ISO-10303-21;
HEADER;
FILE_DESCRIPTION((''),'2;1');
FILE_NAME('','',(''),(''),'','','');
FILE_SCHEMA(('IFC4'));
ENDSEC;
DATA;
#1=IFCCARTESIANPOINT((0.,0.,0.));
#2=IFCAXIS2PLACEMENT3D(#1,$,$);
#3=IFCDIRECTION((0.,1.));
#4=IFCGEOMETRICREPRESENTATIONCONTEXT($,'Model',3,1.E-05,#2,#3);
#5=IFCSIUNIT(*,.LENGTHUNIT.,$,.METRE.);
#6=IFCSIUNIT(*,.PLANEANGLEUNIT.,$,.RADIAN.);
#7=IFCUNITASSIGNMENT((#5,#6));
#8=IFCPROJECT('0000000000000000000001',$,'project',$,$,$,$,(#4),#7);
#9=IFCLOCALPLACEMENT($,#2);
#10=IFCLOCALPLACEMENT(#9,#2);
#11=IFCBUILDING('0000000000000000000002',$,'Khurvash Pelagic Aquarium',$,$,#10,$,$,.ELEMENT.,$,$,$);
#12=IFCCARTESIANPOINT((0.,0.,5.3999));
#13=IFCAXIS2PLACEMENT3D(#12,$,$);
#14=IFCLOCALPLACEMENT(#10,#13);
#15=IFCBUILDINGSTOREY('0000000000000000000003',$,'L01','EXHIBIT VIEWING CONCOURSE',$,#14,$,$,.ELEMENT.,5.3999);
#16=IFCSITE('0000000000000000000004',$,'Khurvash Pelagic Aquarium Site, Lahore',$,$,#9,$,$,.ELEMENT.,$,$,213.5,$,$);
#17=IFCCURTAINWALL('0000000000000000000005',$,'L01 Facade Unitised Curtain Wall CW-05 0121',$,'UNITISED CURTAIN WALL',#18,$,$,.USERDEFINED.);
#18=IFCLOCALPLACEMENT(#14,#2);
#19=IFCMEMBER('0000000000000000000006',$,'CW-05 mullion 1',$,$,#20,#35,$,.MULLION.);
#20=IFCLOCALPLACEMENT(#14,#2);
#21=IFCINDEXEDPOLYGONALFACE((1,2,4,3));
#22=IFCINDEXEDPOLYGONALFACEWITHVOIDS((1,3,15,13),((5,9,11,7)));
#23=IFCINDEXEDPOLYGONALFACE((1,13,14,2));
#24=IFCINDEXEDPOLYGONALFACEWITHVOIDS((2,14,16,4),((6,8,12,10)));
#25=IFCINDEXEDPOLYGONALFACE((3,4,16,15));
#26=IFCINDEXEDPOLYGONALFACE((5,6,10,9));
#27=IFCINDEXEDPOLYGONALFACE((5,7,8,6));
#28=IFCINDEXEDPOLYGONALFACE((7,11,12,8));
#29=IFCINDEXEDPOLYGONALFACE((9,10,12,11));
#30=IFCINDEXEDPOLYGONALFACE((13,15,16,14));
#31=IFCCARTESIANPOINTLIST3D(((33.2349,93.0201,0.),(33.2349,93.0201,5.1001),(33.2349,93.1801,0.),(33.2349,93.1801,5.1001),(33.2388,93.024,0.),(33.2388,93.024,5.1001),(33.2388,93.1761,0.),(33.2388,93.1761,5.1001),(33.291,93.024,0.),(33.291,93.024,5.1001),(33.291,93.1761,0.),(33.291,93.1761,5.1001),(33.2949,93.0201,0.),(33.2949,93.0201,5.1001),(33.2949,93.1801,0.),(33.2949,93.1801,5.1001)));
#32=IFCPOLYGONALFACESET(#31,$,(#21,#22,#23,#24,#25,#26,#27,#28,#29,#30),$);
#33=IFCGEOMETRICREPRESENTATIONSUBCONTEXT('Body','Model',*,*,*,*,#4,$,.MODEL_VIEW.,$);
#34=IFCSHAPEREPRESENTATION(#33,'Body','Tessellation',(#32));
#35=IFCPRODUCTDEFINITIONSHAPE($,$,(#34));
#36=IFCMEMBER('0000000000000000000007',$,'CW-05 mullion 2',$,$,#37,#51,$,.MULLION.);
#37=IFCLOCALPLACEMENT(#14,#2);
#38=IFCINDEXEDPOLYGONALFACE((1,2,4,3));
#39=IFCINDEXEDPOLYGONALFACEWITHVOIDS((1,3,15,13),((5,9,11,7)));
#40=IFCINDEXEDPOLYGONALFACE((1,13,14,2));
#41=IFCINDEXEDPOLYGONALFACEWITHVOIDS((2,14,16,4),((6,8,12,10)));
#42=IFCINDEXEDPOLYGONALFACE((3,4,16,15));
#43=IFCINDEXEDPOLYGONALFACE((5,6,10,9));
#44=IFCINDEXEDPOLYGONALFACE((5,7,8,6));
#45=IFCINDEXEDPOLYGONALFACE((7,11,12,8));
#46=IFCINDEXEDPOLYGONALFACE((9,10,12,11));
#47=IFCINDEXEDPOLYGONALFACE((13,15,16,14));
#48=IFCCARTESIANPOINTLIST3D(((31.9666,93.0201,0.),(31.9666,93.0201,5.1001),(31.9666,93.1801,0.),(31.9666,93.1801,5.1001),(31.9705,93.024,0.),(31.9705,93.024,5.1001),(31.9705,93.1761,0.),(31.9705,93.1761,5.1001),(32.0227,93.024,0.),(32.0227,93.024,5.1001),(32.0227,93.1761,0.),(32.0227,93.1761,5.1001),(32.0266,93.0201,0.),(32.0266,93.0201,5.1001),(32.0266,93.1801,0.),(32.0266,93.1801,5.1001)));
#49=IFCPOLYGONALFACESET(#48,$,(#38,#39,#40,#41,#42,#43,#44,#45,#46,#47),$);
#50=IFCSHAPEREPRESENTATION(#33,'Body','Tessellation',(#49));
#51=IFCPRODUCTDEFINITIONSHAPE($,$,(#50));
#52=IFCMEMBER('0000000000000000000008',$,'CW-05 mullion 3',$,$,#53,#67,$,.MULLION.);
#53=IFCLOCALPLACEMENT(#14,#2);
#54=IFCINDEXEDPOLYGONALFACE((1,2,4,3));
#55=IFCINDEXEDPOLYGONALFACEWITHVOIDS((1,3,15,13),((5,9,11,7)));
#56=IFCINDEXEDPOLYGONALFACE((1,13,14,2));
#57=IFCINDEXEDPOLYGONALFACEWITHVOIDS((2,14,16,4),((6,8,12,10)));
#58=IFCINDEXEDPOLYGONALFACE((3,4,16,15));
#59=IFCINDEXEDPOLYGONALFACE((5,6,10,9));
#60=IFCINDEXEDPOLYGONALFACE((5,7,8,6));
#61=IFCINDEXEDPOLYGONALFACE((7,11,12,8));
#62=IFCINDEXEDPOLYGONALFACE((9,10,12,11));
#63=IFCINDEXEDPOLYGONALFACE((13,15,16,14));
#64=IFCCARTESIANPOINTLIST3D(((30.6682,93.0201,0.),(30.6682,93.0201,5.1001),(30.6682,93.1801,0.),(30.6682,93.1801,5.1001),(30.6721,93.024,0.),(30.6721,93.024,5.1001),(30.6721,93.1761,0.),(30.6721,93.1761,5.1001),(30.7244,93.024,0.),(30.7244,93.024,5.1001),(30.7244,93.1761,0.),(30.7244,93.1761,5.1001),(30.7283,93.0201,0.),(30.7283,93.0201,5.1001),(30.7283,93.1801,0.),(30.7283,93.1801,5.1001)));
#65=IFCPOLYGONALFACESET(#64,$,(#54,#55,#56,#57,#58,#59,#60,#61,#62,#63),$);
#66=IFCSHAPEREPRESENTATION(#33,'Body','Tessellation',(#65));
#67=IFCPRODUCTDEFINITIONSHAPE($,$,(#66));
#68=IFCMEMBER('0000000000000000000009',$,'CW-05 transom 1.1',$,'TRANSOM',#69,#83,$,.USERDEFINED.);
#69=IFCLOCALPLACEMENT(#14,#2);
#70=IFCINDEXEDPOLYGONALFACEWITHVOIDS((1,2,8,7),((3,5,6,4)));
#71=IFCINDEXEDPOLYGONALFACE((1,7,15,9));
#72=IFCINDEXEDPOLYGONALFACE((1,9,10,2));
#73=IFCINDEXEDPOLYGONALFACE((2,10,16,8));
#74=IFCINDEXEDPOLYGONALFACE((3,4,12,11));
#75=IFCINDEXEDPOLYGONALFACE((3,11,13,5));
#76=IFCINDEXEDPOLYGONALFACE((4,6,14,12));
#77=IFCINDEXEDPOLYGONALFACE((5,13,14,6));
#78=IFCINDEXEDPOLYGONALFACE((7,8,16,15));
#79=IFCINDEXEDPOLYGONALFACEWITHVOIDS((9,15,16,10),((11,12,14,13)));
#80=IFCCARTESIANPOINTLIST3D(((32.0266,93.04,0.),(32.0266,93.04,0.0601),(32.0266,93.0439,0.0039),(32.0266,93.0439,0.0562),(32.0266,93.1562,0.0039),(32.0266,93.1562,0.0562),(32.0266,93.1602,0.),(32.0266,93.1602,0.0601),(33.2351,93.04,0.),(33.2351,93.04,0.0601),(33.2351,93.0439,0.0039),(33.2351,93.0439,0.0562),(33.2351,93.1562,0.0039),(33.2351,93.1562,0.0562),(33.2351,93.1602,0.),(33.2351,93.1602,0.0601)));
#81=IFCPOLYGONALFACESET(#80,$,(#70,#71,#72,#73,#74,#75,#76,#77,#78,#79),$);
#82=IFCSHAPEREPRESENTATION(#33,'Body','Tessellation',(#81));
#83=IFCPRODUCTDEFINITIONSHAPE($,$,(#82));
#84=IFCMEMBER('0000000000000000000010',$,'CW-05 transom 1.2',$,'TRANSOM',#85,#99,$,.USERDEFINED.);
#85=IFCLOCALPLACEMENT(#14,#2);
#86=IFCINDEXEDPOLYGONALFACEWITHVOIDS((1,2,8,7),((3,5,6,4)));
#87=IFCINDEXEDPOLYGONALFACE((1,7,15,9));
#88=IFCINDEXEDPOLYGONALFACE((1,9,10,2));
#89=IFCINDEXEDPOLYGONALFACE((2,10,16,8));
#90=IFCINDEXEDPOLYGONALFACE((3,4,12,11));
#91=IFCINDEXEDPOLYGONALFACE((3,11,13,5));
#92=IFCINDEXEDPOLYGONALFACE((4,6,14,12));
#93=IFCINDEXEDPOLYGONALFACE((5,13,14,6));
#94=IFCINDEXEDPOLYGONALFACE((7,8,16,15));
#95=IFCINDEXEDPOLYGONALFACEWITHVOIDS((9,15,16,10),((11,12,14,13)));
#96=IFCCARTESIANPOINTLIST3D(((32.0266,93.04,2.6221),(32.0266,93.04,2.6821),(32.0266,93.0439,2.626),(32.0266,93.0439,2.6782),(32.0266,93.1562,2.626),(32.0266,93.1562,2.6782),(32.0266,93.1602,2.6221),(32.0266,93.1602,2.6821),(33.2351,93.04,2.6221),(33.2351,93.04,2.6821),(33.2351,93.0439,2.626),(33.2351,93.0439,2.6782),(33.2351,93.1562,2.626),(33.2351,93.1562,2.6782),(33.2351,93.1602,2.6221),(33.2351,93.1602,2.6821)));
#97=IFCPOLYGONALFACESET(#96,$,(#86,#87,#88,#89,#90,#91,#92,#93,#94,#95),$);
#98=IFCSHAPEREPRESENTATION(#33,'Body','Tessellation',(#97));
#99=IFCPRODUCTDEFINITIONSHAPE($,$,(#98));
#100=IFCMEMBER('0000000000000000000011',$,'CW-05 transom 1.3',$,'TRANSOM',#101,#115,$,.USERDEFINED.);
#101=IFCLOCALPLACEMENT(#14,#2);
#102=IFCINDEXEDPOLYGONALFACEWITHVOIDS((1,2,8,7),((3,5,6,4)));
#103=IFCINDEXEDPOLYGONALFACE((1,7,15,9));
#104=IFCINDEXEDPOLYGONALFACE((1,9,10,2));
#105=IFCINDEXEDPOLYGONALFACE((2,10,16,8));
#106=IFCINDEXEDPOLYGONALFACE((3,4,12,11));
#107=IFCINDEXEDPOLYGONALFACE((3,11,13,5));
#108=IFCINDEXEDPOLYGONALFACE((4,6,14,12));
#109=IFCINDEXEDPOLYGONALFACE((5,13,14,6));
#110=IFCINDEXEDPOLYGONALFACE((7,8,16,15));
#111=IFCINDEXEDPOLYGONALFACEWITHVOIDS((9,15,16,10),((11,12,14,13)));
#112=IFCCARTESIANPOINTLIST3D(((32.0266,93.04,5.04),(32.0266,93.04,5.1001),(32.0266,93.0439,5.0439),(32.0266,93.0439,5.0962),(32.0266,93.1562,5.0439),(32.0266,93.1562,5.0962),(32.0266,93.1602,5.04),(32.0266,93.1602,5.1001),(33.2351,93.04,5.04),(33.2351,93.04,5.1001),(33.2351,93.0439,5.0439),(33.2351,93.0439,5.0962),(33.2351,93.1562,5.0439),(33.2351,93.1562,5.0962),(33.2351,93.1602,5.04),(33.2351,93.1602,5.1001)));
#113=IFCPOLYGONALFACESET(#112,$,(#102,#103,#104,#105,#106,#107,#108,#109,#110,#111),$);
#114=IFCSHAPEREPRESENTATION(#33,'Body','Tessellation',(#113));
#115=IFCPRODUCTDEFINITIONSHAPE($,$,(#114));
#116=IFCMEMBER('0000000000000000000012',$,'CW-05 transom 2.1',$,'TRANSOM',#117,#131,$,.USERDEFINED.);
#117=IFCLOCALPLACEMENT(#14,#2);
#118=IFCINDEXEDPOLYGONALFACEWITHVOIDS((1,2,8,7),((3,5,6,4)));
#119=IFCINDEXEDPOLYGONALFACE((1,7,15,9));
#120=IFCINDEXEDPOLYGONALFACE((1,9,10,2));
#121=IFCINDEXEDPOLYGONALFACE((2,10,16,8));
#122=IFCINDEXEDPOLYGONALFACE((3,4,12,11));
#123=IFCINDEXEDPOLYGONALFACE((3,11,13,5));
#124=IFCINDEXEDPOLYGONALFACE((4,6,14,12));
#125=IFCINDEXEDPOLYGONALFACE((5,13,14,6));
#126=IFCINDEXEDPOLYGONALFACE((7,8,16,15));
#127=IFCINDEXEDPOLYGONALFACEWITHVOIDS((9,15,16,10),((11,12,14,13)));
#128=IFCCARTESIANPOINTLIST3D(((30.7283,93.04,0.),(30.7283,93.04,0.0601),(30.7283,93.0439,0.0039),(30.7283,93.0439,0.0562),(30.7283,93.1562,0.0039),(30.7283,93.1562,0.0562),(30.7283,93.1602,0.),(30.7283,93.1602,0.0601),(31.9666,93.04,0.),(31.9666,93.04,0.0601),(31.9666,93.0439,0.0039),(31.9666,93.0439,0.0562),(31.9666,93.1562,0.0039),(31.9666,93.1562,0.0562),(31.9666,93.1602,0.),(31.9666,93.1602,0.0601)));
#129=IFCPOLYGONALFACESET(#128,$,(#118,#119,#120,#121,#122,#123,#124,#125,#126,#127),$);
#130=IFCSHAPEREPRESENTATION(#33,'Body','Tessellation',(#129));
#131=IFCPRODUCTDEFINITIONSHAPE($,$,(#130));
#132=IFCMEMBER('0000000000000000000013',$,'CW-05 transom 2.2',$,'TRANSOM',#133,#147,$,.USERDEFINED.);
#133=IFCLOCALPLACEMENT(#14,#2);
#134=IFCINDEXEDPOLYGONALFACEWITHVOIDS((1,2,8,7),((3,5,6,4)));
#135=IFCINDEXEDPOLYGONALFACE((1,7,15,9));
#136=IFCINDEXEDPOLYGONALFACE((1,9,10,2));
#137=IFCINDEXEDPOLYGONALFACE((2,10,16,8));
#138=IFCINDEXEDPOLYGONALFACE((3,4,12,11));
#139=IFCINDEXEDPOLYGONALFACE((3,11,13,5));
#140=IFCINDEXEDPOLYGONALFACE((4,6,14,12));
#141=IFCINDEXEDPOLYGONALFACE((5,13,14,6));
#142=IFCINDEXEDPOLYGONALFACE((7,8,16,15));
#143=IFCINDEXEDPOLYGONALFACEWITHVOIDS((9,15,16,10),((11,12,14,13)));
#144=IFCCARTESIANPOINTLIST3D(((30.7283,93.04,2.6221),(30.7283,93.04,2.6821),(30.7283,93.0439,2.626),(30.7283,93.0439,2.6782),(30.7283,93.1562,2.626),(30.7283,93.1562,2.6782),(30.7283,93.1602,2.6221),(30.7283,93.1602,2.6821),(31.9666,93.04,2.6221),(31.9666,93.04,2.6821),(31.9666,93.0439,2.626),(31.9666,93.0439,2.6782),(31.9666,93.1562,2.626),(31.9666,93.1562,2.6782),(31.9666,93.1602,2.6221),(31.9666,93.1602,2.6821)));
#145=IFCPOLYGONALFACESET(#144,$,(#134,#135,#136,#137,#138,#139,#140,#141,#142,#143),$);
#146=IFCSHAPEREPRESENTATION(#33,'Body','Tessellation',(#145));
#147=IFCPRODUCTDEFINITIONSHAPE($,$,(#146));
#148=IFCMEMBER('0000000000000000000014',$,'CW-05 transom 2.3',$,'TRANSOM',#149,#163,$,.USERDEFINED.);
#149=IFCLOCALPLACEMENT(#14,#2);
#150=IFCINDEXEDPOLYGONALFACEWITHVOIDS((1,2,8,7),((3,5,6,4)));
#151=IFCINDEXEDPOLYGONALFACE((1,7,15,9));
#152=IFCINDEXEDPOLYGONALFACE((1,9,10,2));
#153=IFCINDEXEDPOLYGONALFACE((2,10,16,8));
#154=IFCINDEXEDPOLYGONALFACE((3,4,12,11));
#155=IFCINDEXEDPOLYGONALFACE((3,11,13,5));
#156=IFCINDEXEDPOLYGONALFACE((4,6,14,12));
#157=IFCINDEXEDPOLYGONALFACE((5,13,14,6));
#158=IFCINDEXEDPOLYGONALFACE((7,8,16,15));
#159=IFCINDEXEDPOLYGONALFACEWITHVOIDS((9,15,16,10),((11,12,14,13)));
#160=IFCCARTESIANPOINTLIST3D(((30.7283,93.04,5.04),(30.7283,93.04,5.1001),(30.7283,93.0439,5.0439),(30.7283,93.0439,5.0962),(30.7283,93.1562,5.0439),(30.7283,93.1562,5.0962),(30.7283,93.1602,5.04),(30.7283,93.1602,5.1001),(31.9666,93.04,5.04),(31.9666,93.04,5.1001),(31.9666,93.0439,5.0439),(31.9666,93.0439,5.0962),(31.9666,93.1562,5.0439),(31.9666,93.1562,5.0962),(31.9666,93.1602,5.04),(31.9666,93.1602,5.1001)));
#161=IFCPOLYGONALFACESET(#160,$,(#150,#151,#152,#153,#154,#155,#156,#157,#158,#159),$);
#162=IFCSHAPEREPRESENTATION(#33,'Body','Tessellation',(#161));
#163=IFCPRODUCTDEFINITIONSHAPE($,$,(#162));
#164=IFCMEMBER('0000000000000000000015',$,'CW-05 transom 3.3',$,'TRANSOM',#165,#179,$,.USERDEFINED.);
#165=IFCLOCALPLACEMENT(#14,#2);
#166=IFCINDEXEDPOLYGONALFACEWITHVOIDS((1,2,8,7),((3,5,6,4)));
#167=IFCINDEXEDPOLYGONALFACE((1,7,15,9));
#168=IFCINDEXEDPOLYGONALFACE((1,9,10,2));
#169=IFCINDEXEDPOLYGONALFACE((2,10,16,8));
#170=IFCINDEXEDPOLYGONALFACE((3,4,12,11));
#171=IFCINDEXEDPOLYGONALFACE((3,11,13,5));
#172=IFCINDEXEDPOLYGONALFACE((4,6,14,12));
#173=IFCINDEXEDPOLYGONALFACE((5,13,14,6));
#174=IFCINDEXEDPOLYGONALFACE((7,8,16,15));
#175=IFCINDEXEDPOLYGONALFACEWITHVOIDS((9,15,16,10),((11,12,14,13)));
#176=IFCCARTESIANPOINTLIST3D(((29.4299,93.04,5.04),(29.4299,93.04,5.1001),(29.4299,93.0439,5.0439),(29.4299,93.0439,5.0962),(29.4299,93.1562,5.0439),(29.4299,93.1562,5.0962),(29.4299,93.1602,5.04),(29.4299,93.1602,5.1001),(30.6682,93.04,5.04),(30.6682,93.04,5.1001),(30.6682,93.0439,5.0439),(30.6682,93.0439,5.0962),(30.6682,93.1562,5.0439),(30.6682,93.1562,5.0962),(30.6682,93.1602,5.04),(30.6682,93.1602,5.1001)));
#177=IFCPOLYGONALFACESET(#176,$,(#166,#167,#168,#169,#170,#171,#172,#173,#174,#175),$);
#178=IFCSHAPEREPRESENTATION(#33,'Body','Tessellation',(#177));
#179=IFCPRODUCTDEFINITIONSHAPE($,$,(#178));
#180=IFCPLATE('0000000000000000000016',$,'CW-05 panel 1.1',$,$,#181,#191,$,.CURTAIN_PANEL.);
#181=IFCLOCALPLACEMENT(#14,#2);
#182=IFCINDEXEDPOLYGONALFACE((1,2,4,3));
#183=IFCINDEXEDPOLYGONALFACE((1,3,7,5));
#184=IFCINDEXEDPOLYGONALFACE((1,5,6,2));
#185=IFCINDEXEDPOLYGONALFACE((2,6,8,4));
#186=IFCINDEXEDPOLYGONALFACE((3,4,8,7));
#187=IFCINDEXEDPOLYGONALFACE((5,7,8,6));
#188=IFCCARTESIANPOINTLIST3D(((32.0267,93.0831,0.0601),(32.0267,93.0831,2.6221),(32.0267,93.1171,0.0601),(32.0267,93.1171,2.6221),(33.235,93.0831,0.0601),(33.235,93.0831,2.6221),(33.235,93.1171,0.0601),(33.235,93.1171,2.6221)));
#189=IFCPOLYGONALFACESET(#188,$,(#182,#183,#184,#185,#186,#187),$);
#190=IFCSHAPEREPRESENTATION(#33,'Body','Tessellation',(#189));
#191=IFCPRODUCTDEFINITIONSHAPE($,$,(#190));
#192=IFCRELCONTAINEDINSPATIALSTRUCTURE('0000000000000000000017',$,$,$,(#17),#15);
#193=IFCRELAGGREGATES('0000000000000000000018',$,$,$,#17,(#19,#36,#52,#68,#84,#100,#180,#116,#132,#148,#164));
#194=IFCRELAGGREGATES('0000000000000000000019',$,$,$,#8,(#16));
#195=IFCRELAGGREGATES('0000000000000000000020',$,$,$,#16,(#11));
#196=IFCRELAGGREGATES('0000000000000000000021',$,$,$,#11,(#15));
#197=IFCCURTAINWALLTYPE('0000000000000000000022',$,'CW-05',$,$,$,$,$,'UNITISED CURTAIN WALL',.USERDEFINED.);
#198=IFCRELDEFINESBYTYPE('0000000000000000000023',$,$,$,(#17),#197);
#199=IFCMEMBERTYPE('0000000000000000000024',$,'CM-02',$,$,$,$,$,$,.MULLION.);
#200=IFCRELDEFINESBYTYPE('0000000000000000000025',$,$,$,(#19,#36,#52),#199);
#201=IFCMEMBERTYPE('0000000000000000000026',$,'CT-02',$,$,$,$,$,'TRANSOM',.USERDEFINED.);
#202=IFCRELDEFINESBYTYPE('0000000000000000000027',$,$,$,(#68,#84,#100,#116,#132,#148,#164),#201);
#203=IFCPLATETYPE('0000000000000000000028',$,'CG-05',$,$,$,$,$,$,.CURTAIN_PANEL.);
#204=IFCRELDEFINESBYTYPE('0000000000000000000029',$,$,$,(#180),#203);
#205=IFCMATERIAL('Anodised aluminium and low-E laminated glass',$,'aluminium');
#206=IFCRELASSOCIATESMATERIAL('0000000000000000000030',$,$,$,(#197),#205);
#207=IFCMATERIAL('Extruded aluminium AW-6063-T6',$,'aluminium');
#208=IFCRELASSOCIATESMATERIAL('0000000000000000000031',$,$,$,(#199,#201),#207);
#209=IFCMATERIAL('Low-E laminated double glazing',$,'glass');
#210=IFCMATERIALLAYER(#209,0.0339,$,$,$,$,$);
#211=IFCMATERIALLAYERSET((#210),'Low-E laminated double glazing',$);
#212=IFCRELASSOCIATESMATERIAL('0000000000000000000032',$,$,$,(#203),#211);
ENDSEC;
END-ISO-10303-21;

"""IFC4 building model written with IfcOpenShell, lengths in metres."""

from ifc_helpers import new_model, si_unit, direction, frame, origin, origin_2d, place, context, subcontext, project, spatial, rectangle, hollow_rectangle, extrude, material, layer, layer_set, material_profile, profile_set, type_object, element, aggregate, save


model = new_model("IFC4")

# Units and contexts
model_context = context("Model", 3, precision=1e-05, world=origin(), true_north=direction((0.0, 1.0)))
body_context = subcontext(model_context, "Body", "Model", "MODEL_VIEW")
ifc_project = project(units=[si_unit("LENGTHUNIT", "METRE"), si_unit("PLANEANGLEUNIT", "RADIAN")], contexts=[model_context])

# Site, building, storey
site_placement = place(None, origin())
site = spatial("IfcSite", under=ifc_project, at=site_placement, Name="Khurvash Pelagic Aquarium Site, Lahore", CompositionType="ELEMENT", RefElevation=213.5)
building_placement = place(site_placement, origin())
building = spatial("IfcBuilding", under=site, at=building_placement, Name="Khurvash Pelagic Aquarium", CompositionType="ELEMENT")
storey_placement = place(building_placement, frame((0.0, 0.0, 5.3999)))
storey = spatial("IfcBuildingStorey", under=building, at=storey_placement, Name="L01", Description="EXHIBIT VIEWING CONCOURSE", CompositionType="ELEMENT", Elevation=5.3999)

# Curtain wall, members, plate
ifc_material_1 = material(Name="Anodised aluminium and low-E laminated glass", Category="aluminium")
curtain_wall_type = type_object("IfcCurtainWallType", Name="CW-05", ElementType="UNITISED CURTAIN WALL", PredefinedType="USERDEFINED", material=ifc_material_1)
curtain_wall_placement = place(storey_placement, origin())
curtain_wall = element("IfcCurtainWall", 1, at=curtain_wall_placement, inside=storey, type_object=curtain_wall_type, Name="L01 Facade Unitised Curtain Wall CW-05 0121", ObjectType="UNITISED CURTAIN WALL", PredefinedType="USERDEFINED")
ifc_material_2 = material(Name="Extruded aluminium AW-6063-T6", Category="aluminium")
ifc_material_profile_1 = material_profile(ifc_material_2, hollow_rectangle(XDim=0.0601, YDim=0.1599, WallThickness=0.0039, at=origin_2d()), Name="CWM60X160X4")
ifc_profile_set_1 = profile_set([ifc_material_profile_1], Name="Extruded aluminium AW-6063-T6")
member_type_1 = type_object("IfcMemberType", Name="CM-02", PredefinedType="MULLION", material=ifc_profile_set_1)
member_1_placement = place(storey_placement, frame((33.2649, 93.1001, 0.0), z_axis=(0.0, 0.0, 1.0), x_axis=(-1.0, 0.0, 0.0)))
member_1 = element("IfcMember", 2, at=member_1_placement, type_object=member_type_1, Name="CW-05 mullion 1", PredefinedType="MULLION", context=body_context, shape_type="SweptSolid", body=[
    extrude(hollow_rectangle(XDim=0.0601, YDim=0.1599, WallThickness=0.0039, at=origin_2d()), origin(), (0.0, 0.0, 1.0), 5.1001),
])
member_2_placement = place(storey_placement, frame((31.9966, 93.1001, 0.0), z_axis=(0.0, 0.0, 1.0), x_axis=(-1.0, 0.0, 0.0)))
member_2 = element("IfcMember", 3, at=member_2_placement, type_object=member_type_1, Name="CW-05 mullion 2", PredefinedType="MULLION", context=body_context, shape_type="SweptSolid", body=[
    extrude(hollow_rectangle(XDim=0.0601, YDim=0.1599, WallThickness=0.0039, at=origin_2d()), origin(), (0.0, 0.0, 1.0), 5.1001),
])
member_3_placement = place(storey_placement, frame((30.6982, 93.1001, 0.0), z_axis=(0.0, 0.0, 1.0), x_axis=(-1.0, 0.0, 0.0)))
member_3 = element("IfcMember", 4, at=member_3_placement, type_object=member_type_1, Name="CW-05 mullion 3", PredefinedType="MULLION", context=body_context, shape_type="SweptSolid", body=[
    extrude(hollow_rectangle(XDim=0.0601, YDim=0.1599, WallThickness=0.0039, at=origin_2d()), origin(), (0.0, 0.0, 1.0), 5.1001),
])
ifc_material_profile_2 = material_profile(ifc_material_2, hollow_rectangle(XDim=0.1201, YDim=0.0601, WallThickness=0.0039, at=origin_2d()), Name="CWT120X60X4")
ifc_profile_set_2 = profile_set([ifc_material_profile_2], Name="Extruded aluminium AW-6063-T6")
member_type_2 = type_object("IfcMemberType", Name="CT-02", ElementType="TRANSOM", PredefinedType="USERDEFINED", material=ifc_profile_set_2)
member_4_placement = place(storey_placement, frame((33.2351, 93.1001, 0.03), z_axis=(-1.0, 0.0, 0.0), x_axis=(0.0, -1.0, 0.0)))
member_4 = element("IfcMember", 5, at=member_4_placement, type_object=member_type_2, Name="CW-05 transom 1.1", ObjectType="TRANSOM", PredefinedType="USERDEFINED", context=body_context, shape_type="SweptSolid", body=[
    extrude(hollow_rectangle(XDim=0.1201, YDim=0.0601, WallThickness=0.0039, at=origin_2d()), origin(), (0.0, 0.0, 1.0), 1.2085),
])
member_5_placement = place(storey_placement, frame((33.2351, 93.1001, 2.6521), z_axis=(-1.0, 0.0, 0.0), x_axis=(0.0, -1.0, 0.0)))
member_5 = element("IfcMember", 6, at=member_5_placement, type_object=member_type_2, Name="CW-05 transom 1.2", ObjectType="TRANSOM", PredefinedType="USERDEFINED", context=body_context, shape_type="SweptSolid", body=[
    extrude(hollow_rectangle(XDim=0.1201, YDim=0.0601, WallThickness=0.0039, at=origin_2d()), origin(), (0.0, 0.0, 1.0), 1.2085),
])
member_6_placement = place(storey_placement, frame((33.2351, 93.1001, 5.0701), z_axis=(-1.0, 0.0, 0.0), x_axis=(0.0, -1.0, 0.0)))
member_6 = element("IfcMember", 7, at=member_6_placement, type_object=member_type_2, Name="CW-05 transom 1.3", ObjectType="TRANSOM", PredefinedType="USERDEFINED", context=body_context, shape_type="SweptSolid", body=[
    extrude(hollow_rectangle(XDim=0.1201, YDim=0.0601, WallThickness=0.0039, at=origin_2d()), origin(), (0.0, 0.0, 1.0), 1.2085),
])
member_7_placement = place(storey_placement, frame((31.9666, 93.1001, 0.03), z_axis=(-1.0, 0.0, 0.0), x_axis=(0.0, -1.0, 0.0)))
member_7 = element("IfcMember", 8, at=member_7_placement, type_object=member_type_2, Name="CW-05 transom 2.1", ObjectType="TRANSOM", PredefinedType="USERDEFINED", context=body_context, shape_type="SweptSolid", body=[
    extrude(hollow_rectangle(XDim=0.1201, YDim=0.0601, WallThickness=0.0039, at=origin_2d()), origin(), (0.0, 0.0, 1.0), 1.2383),
])
member_8_placement = place(storey_placement, frame((31.9666, 93.1001, 2.6521), z_axis=(-1.0, 0.0, 0.0), x_axis=(0.0, -1.0, 0.0)))
member_8 = element("IfcMember", 9, at=member_8_placement, type_object=member_type_2, Name="CW-05 transom 2.2", ObjectType="TRANSOM", PredefinedType="USERDEFINED", context=body_context, shape_type="SweptSolid", body=[
    extrude(hollow_rectangle(XDim=0.1201, YDim=0.0601, WallThickness=0.0039, at=origin_2d()), origin(), (0.0, 0.0, 1.0), 1.2383),
])
member_9_placement = place(storey_placement, frame((31.9666, 93.1001, 5.0701), z_axis=(-1.0, 0.0, 0.0), x_axis=(0.0, -1.0, 0.0)))
member_9 = element("IfcMember", 10, at=member_9_placement, type_object=member_type_2, Name="CW-05 transom 2.3", ObjectType="TRANSOM", PredefinedType="USERDEFINED", context=body_context, shape_type="SweptSolid", body=[
    extrude(hollow_rectangle(XDim=0.1201, YDim=0.0601, WallThickness=0.0039, at=origin_2d()), origin(), (0.0, 0.0, 1.0), 1.2383),
])
member_10_placement = place(storey_placement, frame((30.6682, 93.1001, 5.0701), z_axis=(-1.0, 0.0, 0.0), x_axis=(0.0, -1.0, 0.0)))
member_10 = element("IfcMember", 11, at=member_10_placement, type_object=member_type_2, Name="CW-05 transom 3.3", ObjectType="TRANSOM", PredefinedType="USERDEFINED", context=body_context, shape_type="SweptSolid", body=[
    extrude(hollow_rectangle(XDim=0.1201, YDim=0.0601, WallThickness=0.0039, at=origin_2d()), origin(), (0.0, 0.0, 1.0), 1.2383),
])
ifc_material_3 = material(Name="Low-E laminated double glazing", Category="glass")
ifc_layer_1 = layer(ifc_material_3, 0.0339)
ifc_layer_set_1 = layer_set([ifc_layer_1], Name="Low-E laminated double glazing")
plate_type_1 = type_object("IfcPlateType", Name="CG-05", PredefinedType="CURTAIN_PANEL", material=ifc_layer_set_1)
plate_1_placement = place(storey_placement, frame((32.6309, 93.1001, 0.0601), z_axis=(0.0, 0.0, 1.0), x_axis=(-1.0, 0.0, 0.0)))
plate_1 = element("IfcPlate", 12, at=plate_1_placement, type_object=plate_type_1, Name="CW-05 panel 1.1", PredefinedType="CURTAIN_PANEL", context=body_context, shape_type="SweptSolid", body=[
    extrude(rectangle(XDim=1.2083, YDim=0.0339, at=origin_2d()), origin(), (0.0, 0.0, 1.0), 2.562),
])
aggregate(curtain_wall, [member_1, member_2, member_3, member_4, member_5, member_6, plate_1, member_7, member_8, member_9, member_10])

save(model, "model.ifc")
